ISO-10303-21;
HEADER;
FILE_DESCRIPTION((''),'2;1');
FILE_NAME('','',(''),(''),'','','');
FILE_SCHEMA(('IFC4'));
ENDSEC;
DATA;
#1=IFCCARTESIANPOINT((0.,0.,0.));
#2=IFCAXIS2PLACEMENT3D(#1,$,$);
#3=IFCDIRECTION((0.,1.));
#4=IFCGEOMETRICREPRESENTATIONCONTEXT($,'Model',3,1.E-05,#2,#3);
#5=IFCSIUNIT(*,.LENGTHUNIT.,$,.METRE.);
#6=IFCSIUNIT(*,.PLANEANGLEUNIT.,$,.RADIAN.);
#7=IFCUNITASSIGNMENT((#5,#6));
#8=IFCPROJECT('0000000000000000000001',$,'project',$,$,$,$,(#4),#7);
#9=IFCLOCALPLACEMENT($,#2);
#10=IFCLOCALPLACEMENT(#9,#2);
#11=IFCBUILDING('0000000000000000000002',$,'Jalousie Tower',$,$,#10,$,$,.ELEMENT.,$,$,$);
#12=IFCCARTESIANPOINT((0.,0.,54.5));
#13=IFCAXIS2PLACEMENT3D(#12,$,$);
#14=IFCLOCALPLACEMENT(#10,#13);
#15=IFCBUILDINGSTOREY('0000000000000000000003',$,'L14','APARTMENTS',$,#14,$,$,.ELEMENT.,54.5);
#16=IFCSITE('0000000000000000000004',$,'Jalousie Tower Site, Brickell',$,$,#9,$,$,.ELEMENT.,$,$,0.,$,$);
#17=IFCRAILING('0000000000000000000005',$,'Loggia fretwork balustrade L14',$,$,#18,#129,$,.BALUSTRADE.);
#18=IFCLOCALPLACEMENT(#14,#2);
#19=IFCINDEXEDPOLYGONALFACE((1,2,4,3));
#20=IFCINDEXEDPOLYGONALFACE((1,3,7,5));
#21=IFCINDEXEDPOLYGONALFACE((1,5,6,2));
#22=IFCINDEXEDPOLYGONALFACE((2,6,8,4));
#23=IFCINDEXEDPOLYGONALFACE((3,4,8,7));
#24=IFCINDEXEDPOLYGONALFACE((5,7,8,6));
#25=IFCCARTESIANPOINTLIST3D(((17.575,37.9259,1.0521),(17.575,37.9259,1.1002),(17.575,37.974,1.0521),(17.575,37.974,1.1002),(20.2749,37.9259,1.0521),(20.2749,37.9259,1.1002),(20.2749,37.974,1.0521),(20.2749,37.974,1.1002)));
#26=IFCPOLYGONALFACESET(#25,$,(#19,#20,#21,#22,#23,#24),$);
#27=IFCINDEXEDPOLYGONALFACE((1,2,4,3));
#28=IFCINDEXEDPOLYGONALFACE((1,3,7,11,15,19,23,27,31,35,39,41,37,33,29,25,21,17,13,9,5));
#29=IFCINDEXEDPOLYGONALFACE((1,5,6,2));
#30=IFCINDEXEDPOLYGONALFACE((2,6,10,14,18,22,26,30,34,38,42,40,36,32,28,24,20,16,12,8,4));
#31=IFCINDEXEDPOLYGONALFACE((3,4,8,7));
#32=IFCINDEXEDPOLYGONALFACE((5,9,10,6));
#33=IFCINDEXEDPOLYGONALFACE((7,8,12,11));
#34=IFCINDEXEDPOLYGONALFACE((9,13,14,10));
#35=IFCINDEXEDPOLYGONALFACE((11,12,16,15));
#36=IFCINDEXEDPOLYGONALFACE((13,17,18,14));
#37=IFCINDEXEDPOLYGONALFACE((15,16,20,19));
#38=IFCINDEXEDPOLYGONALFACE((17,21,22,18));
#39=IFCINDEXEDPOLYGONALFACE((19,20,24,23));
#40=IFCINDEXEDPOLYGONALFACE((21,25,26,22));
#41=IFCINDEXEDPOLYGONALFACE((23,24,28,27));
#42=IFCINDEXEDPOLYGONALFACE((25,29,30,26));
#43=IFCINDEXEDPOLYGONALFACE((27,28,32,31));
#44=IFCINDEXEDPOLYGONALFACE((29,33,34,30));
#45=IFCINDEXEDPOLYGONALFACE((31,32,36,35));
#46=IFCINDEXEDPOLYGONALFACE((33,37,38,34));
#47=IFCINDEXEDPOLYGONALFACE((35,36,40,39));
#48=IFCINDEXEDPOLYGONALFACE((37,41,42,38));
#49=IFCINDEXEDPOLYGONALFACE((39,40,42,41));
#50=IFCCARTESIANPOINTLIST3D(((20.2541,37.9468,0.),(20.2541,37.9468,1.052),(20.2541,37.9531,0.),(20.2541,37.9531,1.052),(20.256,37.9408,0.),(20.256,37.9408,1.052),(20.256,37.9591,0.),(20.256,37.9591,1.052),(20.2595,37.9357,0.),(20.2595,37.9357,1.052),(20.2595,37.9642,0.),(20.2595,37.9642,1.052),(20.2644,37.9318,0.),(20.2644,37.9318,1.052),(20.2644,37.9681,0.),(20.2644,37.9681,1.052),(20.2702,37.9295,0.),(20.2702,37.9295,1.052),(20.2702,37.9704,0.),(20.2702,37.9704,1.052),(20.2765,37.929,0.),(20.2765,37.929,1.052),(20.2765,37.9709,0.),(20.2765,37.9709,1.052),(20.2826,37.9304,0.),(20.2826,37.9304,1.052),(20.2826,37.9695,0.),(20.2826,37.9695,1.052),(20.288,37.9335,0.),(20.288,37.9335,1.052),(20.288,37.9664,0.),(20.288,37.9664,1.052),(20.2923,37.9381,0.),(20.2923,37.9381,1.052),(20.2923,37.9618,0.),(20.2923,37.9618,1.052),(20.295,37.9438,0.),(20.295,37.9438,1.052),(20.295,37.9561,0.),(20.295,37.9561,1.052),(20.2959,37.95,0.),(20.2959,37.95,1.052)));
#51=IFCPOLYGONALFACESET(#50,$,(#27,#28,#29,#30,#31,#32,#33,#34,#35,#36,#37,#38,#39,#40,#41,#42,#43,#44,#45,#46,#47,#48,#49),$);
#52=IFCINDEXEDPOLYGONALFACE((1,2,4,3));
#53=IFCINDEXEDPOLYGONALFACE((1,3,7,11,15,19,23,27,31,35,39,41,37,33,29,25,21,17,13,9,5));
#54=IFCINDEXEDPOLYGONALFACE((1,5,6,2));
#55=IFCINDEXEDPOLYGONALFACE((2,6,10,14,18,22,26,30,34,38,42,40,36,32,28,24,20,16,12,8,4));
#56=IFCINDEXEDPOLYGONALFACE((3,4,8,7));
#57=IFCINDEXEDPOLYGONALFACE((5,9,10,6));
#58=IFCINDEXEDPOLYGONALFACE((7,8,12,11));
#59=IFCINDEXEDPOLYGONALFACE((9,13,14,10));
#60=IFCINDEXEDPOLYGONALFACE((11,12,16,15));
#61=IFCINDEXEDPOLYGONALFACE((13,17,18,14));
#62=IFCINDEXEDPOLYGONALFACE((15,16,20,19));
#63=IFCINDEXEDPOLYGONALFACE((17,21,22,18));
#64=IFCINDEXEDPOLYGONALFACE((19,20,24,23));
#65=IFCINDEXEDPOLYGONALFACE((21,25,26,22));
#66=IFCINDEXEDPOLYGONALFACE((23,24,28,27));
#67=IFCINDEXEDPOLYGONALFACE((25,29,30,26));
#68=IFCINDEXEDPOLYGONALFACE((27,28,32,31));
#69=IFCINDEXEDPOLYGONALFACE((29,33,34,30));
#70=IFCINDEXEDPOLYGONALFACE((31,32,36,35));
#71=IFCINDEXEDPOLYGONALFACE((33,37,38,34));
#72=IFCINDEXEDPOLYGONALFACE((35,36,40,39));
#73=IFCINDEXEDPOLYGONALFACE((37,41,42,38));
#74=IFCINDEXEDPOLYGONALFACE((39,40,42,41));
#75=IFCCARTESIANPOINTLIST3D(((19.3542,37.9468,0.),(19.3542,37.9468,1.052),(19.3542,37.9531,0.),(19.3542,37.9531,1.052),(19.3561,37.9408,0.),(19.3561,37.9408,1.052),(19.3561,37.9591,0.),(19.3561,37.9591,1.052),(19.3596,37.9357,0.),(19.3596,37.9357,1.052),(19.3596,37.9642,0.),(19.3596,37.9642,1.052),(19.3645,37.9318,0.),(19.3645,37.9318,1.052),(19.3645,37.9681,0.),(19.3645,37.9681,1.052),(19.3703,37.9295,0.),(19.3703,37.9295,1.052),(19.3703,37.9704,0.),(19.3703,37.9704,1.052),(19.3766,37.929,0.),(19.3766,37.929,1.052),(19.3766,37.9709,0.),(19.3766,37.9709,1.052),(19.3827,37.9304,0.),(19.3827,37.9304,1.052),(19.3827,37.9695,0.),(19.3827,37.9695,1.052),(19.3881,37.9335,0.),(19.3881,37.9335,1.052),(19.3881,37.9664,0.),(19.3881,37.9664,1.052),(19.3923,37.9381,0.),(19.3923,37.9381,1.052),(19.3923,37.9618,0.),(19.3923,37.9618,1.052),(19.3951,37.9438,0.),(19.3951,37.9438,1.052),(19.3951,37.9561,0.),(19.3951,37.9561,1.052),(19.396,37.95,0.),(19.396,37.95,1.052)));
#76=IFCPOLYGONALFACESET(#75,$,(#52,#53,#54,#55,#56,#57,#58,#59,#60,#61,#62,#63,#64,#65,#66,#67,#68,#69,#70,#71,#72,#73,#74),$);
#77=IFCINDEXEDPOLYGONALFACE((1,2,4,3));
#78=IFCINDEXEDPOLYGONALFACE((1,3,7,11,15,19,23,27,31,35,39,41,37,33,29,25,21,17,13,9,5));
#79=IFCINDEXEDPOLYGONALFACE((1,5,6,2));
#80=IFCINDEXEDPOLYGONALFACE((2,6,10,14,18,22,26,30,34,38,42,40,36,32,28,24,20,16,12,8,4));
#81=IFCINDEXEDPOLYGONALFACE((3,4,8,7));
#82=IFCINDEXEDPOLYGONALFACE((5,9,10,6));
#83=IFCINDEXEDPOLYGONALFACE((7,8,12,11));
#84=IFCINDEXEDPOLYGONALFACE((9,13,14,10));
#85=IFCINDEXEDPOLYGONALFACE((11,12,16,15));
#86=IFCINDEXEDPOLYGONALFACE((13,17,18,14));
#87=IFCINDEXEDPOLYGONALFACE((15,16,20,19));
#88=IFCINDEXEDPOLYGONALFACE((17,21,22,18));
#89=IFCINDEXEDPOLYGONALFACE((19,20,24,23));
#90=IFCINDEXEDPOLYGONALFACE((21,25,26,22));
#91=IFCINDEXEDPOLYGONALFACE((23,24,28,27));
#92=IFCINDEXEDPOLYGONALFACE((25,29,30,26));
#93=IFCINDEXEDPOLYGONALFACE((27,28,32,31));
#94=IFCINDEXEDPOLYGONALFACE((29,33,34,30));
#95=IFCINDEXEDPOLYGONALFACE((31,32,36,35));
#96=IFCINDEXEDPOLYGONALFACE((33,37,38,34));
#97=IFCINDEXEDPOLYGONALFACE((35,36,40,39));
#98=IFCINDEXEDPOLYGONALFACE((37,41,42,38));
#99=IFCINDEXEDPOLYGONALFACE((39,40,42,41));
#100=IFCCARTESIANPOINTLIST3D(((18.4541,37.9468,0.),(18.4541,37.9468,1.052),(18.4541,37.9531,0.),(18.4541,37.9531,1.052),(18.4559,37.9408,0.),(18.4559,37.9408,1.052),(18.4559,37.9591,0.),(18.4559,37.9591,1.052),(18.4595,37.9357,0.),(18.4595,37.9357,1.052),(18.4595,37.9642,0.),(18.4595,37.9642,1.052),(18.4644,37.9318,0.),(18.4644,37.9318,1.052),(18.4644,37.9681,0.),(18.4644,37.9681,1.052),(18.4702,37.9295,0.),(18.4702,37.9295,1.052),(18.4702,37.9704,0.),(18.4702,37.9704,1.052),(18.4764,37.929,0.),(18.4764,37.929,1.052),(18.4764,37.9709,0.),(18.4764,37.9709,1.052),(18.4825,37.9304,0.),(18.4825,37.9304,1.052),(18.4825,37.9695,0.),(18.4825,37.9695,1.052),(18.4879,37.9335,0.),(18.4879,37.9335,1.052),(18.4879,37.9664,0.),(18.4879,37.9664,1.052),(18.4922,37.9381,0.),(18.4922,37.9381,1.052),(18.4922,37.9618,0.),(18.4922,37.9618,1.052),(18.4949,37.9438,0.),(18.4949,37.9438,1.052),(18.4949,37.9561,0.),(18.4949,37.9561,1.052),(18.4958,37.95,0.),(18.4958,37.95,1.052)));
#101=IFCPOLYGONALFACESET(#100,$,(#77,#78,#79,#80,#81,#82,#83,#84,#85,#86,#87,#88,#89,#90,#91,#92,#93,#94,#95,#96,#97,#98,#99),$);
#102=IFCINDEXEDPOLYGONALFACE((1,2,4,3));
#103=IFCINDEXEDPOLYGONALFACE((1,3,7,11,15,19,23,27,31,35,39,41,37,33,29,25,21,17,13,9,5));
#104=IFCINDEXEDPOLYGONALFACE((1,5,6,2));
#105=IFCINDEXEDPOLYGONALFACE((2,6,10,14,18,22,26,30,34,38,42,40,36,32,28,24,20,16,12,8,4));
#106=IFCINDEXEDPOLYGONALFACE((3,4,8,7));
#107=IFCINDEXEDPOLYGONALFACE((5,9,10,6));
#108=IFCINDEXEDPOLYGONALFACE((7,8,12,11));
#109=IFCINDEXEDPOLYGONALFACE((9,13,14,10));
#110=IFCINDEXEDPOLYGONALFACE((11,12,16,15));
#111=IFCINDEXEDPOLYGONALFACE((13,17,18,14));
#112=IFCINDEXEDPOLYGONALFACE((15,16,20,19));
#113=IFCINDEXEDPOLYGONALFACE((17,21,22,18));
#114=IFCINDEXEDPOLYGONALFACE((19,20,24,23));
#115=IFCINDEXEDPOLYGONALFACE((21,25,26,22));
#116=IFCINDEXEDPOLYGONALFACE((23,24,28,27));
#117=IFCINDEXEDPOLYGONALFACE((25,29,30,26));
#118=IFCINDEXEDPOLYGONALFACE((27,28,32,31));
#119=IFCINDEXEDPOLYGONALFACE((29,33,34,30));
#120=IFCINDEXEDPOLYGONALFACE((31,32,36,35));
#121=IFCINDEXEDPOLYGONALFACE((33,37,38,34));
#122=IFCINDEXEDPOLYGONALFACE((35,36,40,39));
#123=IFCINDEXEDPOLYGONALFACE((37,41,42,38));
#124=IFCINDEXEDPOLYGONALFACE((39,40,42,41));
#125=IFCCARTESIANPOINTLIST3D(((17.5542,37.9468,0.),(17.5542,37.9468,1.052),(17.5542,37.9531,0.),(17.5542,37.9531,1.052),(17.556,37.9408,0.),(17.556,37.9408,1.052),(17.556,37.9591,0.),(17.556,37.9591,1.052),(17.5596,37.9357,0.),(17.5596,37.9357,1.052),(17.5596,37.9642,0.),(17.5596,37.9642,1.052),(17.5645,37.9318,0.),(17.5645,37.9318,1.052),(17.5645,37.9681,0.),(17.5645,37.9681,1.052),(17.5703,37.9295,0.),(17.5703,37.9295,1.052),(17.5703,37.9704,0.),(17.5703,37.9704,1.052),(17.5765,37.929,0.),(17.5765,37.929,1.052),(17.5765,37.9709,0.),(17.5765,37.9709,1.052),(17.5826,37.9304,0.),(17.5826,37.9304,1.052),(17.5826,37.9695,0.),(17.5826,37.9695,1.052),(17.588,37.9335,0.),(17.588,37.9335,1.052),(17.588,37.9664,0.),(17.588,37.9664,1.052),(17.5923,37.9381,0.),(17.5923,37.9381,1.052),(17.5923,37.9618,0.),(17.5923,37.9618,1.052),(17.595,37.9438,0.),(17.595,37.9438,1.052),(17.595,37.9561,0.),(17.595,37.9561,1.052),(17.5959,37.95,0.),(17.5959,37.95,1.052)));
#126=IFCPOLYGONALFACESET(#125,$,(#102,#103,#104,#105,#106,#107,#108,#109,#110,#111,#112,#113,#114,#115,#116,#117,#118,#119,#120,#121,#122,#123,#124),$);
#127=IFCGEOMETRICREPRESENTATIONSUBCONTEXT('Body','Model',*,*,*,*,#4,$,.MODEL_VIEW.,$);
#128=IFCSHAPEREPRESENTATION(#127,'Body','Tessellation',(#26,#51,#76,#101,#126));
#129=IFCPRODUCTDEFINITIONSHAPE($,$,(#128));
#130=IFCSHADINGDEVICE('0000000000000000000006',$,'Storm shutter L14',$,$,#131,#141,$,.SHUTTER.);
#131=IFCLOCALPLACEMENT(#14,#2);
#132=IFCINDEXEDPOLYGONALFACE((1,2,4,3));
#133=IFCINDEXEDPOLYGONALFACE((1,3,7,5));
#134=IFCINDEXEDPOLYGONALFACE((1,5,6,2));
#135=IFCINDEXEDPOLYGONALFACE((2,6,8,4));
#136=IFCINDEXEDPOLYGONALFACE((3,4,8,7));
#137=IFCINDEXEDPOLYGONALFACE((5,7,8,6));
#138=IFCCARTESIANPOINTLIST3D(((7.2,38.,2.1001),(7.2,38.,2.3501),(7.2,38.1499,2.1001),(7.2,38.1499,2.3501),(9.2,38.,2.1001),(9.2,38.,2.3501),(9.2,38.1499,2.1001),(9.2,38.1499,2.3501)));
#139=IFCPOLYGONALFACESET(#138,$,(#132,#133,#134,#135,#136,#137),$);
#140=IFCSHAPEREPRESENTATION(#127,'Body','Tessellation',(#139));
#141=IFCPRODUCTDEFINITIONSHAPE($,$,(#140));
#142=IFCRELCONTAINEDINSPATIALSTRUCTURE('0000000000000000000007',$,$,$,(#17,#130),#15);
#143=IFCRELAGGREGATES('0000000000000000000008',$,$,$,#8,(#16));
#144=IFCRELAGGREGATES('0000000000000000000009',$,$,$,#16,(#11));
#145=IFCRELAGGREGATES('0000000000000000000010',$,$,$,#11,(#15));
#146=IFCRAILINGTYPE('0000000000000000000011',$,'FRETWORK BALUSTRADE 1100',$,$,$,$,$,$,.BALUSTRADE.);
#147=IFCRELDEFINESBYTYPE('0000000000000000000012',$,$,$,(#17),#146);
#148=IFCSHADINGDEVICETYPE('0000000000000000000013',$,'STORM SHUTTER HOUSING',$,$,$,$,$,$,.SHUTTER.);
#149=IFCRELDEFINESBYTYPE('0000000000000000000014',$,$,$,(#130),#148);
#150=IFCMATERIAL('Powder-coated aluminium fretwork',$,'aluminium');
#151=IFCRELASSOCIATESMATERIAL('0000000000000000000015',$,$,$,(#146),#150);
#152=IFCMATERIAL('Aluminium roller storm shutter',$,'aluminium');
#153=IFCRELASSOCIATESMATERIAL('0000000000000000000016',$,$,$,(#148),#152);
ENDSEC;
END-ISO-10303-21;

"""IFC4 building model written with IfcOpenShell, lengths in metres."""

from ifc_helpers import new_model, si_unit, direction, frame, origin, origin_2d, place, context, subcontext, project, spatial, rectangle, circle, extrude, material, type_object, element, save


model = new_model("IFC4")

# Units and contexts
model_context = context("Model", 3, precision=1e-05, world=origin(), true_north=direction((0.0, 1.0)))
body_context = subcontext(model_context, "Body", "Model", "MODEL_VIEW")
ifc_project = project(units=[si_unit("LENGTHUNIT", "METRE"), si_unit("PLANEANGLEUNIT", "RADIAN")], contexts=[model_context])

# Site, building, storey
site_placement = place(None, origin())
site = spatial("IfcSite", under=ifc_project, at=site_placement, Name="Jalousie Tower Site, Brickell", CompositionType="ELEMENT", RefElevation=0.0)
building_placement = place(site_placement, origin())
building = spatial("IfcBuilding", under=site, at=building_placement, Name="Jalousie Tower", CompositionType="ELEMENT")
storey_placement = place(building_placement, frame((0.0, 0.0, 54.5)))
storey = spatial("IfcBuildingStorey", under=building, at=storey_placement, Name="L14", Description="APARTMENTS", CompositionType="ELEMENT", Elevation=54.5)

# Railing
ifc_material_1 = material(Name="Powder-coated aluminium fretwork", Category="aluminium")
railing_type = type_object("IfcRailingType", Name="FRETWORK BALUSTRADE 1100", PredefinedType="BALUSTRADE", material=ifc_material_1)
railing_placement = place(storey_placement, frame((20.2749, 37.95, 0.0)))
element("IfcRailing", 1, at=railing_placement, inside=storey, type_object=railing_type, Name="Loggia fretwork balustrade L14", PredefinedType="BALUSTRADE", context=body_context, shape_type="SweptSolid", body=[
    extrude(rectangle(XDim=0.0481, YDim=0.0481, at=origin_2d()), frame((0.0, 0.0, 1.0762), z_axis=(-1.0, 0.0, 0.0), x_axis=(0.0, -1.0, 0.0)), (0.0, 0.0, 1.0), 2.7),
    extrude(circle(Radius=0.021, at=origin_2d()), origin(), (0.0, 0.0, 1.0), 1.052),
    extrude(circle(Radius=0.021, at=origin_2d()), frame((-0.8999, 0.0, 0.0)), (0.0, 0.0, 1.0), 1.052),
    extrude(circle(Radius=0.021, at=origin_2d()), frame((-1.8, 0.0, 0.0)), (0.0, 0.0, 1.0), 1.052),
    extrude(circle(Radius=0.021, at=origin_2d()), frame((-2.7, 0.0, 0.0)), (0.0, 0.0, 1.0), 1.052),
])

# Shading device
ifc_material_2 = material(Name="Aluminium roller storm shutter", Category="aluminium")
shading_device_type = type_object("IfcShadingDeviceType", Name="STORM SHUTTER HOUSING", PredefinedType="SHUTTER", material=ifc_material_2)
shading_device_placement = place(storey_placement, frame((8.2, 38.075, 2.1001), z_axis=(0.0, 0.0, 1.0), x_axis=(-1.0, 0.0, 0.0)))
element("IfcShadingDevice", 2, at=shading_device_placement, inside=storey, type_object=shading_device_type, Name="Storm shutter L14", PredefinedType="SHUTTER", context=body_context, shape_type="SweptSolid", body=[
    extrude(rectangle(XDim=2.0, YDim=0.1499, at=origin_2d()), origin(), (0.0, 0.0, 1.0), 0.25),
])

save(model, "model.ifc")
